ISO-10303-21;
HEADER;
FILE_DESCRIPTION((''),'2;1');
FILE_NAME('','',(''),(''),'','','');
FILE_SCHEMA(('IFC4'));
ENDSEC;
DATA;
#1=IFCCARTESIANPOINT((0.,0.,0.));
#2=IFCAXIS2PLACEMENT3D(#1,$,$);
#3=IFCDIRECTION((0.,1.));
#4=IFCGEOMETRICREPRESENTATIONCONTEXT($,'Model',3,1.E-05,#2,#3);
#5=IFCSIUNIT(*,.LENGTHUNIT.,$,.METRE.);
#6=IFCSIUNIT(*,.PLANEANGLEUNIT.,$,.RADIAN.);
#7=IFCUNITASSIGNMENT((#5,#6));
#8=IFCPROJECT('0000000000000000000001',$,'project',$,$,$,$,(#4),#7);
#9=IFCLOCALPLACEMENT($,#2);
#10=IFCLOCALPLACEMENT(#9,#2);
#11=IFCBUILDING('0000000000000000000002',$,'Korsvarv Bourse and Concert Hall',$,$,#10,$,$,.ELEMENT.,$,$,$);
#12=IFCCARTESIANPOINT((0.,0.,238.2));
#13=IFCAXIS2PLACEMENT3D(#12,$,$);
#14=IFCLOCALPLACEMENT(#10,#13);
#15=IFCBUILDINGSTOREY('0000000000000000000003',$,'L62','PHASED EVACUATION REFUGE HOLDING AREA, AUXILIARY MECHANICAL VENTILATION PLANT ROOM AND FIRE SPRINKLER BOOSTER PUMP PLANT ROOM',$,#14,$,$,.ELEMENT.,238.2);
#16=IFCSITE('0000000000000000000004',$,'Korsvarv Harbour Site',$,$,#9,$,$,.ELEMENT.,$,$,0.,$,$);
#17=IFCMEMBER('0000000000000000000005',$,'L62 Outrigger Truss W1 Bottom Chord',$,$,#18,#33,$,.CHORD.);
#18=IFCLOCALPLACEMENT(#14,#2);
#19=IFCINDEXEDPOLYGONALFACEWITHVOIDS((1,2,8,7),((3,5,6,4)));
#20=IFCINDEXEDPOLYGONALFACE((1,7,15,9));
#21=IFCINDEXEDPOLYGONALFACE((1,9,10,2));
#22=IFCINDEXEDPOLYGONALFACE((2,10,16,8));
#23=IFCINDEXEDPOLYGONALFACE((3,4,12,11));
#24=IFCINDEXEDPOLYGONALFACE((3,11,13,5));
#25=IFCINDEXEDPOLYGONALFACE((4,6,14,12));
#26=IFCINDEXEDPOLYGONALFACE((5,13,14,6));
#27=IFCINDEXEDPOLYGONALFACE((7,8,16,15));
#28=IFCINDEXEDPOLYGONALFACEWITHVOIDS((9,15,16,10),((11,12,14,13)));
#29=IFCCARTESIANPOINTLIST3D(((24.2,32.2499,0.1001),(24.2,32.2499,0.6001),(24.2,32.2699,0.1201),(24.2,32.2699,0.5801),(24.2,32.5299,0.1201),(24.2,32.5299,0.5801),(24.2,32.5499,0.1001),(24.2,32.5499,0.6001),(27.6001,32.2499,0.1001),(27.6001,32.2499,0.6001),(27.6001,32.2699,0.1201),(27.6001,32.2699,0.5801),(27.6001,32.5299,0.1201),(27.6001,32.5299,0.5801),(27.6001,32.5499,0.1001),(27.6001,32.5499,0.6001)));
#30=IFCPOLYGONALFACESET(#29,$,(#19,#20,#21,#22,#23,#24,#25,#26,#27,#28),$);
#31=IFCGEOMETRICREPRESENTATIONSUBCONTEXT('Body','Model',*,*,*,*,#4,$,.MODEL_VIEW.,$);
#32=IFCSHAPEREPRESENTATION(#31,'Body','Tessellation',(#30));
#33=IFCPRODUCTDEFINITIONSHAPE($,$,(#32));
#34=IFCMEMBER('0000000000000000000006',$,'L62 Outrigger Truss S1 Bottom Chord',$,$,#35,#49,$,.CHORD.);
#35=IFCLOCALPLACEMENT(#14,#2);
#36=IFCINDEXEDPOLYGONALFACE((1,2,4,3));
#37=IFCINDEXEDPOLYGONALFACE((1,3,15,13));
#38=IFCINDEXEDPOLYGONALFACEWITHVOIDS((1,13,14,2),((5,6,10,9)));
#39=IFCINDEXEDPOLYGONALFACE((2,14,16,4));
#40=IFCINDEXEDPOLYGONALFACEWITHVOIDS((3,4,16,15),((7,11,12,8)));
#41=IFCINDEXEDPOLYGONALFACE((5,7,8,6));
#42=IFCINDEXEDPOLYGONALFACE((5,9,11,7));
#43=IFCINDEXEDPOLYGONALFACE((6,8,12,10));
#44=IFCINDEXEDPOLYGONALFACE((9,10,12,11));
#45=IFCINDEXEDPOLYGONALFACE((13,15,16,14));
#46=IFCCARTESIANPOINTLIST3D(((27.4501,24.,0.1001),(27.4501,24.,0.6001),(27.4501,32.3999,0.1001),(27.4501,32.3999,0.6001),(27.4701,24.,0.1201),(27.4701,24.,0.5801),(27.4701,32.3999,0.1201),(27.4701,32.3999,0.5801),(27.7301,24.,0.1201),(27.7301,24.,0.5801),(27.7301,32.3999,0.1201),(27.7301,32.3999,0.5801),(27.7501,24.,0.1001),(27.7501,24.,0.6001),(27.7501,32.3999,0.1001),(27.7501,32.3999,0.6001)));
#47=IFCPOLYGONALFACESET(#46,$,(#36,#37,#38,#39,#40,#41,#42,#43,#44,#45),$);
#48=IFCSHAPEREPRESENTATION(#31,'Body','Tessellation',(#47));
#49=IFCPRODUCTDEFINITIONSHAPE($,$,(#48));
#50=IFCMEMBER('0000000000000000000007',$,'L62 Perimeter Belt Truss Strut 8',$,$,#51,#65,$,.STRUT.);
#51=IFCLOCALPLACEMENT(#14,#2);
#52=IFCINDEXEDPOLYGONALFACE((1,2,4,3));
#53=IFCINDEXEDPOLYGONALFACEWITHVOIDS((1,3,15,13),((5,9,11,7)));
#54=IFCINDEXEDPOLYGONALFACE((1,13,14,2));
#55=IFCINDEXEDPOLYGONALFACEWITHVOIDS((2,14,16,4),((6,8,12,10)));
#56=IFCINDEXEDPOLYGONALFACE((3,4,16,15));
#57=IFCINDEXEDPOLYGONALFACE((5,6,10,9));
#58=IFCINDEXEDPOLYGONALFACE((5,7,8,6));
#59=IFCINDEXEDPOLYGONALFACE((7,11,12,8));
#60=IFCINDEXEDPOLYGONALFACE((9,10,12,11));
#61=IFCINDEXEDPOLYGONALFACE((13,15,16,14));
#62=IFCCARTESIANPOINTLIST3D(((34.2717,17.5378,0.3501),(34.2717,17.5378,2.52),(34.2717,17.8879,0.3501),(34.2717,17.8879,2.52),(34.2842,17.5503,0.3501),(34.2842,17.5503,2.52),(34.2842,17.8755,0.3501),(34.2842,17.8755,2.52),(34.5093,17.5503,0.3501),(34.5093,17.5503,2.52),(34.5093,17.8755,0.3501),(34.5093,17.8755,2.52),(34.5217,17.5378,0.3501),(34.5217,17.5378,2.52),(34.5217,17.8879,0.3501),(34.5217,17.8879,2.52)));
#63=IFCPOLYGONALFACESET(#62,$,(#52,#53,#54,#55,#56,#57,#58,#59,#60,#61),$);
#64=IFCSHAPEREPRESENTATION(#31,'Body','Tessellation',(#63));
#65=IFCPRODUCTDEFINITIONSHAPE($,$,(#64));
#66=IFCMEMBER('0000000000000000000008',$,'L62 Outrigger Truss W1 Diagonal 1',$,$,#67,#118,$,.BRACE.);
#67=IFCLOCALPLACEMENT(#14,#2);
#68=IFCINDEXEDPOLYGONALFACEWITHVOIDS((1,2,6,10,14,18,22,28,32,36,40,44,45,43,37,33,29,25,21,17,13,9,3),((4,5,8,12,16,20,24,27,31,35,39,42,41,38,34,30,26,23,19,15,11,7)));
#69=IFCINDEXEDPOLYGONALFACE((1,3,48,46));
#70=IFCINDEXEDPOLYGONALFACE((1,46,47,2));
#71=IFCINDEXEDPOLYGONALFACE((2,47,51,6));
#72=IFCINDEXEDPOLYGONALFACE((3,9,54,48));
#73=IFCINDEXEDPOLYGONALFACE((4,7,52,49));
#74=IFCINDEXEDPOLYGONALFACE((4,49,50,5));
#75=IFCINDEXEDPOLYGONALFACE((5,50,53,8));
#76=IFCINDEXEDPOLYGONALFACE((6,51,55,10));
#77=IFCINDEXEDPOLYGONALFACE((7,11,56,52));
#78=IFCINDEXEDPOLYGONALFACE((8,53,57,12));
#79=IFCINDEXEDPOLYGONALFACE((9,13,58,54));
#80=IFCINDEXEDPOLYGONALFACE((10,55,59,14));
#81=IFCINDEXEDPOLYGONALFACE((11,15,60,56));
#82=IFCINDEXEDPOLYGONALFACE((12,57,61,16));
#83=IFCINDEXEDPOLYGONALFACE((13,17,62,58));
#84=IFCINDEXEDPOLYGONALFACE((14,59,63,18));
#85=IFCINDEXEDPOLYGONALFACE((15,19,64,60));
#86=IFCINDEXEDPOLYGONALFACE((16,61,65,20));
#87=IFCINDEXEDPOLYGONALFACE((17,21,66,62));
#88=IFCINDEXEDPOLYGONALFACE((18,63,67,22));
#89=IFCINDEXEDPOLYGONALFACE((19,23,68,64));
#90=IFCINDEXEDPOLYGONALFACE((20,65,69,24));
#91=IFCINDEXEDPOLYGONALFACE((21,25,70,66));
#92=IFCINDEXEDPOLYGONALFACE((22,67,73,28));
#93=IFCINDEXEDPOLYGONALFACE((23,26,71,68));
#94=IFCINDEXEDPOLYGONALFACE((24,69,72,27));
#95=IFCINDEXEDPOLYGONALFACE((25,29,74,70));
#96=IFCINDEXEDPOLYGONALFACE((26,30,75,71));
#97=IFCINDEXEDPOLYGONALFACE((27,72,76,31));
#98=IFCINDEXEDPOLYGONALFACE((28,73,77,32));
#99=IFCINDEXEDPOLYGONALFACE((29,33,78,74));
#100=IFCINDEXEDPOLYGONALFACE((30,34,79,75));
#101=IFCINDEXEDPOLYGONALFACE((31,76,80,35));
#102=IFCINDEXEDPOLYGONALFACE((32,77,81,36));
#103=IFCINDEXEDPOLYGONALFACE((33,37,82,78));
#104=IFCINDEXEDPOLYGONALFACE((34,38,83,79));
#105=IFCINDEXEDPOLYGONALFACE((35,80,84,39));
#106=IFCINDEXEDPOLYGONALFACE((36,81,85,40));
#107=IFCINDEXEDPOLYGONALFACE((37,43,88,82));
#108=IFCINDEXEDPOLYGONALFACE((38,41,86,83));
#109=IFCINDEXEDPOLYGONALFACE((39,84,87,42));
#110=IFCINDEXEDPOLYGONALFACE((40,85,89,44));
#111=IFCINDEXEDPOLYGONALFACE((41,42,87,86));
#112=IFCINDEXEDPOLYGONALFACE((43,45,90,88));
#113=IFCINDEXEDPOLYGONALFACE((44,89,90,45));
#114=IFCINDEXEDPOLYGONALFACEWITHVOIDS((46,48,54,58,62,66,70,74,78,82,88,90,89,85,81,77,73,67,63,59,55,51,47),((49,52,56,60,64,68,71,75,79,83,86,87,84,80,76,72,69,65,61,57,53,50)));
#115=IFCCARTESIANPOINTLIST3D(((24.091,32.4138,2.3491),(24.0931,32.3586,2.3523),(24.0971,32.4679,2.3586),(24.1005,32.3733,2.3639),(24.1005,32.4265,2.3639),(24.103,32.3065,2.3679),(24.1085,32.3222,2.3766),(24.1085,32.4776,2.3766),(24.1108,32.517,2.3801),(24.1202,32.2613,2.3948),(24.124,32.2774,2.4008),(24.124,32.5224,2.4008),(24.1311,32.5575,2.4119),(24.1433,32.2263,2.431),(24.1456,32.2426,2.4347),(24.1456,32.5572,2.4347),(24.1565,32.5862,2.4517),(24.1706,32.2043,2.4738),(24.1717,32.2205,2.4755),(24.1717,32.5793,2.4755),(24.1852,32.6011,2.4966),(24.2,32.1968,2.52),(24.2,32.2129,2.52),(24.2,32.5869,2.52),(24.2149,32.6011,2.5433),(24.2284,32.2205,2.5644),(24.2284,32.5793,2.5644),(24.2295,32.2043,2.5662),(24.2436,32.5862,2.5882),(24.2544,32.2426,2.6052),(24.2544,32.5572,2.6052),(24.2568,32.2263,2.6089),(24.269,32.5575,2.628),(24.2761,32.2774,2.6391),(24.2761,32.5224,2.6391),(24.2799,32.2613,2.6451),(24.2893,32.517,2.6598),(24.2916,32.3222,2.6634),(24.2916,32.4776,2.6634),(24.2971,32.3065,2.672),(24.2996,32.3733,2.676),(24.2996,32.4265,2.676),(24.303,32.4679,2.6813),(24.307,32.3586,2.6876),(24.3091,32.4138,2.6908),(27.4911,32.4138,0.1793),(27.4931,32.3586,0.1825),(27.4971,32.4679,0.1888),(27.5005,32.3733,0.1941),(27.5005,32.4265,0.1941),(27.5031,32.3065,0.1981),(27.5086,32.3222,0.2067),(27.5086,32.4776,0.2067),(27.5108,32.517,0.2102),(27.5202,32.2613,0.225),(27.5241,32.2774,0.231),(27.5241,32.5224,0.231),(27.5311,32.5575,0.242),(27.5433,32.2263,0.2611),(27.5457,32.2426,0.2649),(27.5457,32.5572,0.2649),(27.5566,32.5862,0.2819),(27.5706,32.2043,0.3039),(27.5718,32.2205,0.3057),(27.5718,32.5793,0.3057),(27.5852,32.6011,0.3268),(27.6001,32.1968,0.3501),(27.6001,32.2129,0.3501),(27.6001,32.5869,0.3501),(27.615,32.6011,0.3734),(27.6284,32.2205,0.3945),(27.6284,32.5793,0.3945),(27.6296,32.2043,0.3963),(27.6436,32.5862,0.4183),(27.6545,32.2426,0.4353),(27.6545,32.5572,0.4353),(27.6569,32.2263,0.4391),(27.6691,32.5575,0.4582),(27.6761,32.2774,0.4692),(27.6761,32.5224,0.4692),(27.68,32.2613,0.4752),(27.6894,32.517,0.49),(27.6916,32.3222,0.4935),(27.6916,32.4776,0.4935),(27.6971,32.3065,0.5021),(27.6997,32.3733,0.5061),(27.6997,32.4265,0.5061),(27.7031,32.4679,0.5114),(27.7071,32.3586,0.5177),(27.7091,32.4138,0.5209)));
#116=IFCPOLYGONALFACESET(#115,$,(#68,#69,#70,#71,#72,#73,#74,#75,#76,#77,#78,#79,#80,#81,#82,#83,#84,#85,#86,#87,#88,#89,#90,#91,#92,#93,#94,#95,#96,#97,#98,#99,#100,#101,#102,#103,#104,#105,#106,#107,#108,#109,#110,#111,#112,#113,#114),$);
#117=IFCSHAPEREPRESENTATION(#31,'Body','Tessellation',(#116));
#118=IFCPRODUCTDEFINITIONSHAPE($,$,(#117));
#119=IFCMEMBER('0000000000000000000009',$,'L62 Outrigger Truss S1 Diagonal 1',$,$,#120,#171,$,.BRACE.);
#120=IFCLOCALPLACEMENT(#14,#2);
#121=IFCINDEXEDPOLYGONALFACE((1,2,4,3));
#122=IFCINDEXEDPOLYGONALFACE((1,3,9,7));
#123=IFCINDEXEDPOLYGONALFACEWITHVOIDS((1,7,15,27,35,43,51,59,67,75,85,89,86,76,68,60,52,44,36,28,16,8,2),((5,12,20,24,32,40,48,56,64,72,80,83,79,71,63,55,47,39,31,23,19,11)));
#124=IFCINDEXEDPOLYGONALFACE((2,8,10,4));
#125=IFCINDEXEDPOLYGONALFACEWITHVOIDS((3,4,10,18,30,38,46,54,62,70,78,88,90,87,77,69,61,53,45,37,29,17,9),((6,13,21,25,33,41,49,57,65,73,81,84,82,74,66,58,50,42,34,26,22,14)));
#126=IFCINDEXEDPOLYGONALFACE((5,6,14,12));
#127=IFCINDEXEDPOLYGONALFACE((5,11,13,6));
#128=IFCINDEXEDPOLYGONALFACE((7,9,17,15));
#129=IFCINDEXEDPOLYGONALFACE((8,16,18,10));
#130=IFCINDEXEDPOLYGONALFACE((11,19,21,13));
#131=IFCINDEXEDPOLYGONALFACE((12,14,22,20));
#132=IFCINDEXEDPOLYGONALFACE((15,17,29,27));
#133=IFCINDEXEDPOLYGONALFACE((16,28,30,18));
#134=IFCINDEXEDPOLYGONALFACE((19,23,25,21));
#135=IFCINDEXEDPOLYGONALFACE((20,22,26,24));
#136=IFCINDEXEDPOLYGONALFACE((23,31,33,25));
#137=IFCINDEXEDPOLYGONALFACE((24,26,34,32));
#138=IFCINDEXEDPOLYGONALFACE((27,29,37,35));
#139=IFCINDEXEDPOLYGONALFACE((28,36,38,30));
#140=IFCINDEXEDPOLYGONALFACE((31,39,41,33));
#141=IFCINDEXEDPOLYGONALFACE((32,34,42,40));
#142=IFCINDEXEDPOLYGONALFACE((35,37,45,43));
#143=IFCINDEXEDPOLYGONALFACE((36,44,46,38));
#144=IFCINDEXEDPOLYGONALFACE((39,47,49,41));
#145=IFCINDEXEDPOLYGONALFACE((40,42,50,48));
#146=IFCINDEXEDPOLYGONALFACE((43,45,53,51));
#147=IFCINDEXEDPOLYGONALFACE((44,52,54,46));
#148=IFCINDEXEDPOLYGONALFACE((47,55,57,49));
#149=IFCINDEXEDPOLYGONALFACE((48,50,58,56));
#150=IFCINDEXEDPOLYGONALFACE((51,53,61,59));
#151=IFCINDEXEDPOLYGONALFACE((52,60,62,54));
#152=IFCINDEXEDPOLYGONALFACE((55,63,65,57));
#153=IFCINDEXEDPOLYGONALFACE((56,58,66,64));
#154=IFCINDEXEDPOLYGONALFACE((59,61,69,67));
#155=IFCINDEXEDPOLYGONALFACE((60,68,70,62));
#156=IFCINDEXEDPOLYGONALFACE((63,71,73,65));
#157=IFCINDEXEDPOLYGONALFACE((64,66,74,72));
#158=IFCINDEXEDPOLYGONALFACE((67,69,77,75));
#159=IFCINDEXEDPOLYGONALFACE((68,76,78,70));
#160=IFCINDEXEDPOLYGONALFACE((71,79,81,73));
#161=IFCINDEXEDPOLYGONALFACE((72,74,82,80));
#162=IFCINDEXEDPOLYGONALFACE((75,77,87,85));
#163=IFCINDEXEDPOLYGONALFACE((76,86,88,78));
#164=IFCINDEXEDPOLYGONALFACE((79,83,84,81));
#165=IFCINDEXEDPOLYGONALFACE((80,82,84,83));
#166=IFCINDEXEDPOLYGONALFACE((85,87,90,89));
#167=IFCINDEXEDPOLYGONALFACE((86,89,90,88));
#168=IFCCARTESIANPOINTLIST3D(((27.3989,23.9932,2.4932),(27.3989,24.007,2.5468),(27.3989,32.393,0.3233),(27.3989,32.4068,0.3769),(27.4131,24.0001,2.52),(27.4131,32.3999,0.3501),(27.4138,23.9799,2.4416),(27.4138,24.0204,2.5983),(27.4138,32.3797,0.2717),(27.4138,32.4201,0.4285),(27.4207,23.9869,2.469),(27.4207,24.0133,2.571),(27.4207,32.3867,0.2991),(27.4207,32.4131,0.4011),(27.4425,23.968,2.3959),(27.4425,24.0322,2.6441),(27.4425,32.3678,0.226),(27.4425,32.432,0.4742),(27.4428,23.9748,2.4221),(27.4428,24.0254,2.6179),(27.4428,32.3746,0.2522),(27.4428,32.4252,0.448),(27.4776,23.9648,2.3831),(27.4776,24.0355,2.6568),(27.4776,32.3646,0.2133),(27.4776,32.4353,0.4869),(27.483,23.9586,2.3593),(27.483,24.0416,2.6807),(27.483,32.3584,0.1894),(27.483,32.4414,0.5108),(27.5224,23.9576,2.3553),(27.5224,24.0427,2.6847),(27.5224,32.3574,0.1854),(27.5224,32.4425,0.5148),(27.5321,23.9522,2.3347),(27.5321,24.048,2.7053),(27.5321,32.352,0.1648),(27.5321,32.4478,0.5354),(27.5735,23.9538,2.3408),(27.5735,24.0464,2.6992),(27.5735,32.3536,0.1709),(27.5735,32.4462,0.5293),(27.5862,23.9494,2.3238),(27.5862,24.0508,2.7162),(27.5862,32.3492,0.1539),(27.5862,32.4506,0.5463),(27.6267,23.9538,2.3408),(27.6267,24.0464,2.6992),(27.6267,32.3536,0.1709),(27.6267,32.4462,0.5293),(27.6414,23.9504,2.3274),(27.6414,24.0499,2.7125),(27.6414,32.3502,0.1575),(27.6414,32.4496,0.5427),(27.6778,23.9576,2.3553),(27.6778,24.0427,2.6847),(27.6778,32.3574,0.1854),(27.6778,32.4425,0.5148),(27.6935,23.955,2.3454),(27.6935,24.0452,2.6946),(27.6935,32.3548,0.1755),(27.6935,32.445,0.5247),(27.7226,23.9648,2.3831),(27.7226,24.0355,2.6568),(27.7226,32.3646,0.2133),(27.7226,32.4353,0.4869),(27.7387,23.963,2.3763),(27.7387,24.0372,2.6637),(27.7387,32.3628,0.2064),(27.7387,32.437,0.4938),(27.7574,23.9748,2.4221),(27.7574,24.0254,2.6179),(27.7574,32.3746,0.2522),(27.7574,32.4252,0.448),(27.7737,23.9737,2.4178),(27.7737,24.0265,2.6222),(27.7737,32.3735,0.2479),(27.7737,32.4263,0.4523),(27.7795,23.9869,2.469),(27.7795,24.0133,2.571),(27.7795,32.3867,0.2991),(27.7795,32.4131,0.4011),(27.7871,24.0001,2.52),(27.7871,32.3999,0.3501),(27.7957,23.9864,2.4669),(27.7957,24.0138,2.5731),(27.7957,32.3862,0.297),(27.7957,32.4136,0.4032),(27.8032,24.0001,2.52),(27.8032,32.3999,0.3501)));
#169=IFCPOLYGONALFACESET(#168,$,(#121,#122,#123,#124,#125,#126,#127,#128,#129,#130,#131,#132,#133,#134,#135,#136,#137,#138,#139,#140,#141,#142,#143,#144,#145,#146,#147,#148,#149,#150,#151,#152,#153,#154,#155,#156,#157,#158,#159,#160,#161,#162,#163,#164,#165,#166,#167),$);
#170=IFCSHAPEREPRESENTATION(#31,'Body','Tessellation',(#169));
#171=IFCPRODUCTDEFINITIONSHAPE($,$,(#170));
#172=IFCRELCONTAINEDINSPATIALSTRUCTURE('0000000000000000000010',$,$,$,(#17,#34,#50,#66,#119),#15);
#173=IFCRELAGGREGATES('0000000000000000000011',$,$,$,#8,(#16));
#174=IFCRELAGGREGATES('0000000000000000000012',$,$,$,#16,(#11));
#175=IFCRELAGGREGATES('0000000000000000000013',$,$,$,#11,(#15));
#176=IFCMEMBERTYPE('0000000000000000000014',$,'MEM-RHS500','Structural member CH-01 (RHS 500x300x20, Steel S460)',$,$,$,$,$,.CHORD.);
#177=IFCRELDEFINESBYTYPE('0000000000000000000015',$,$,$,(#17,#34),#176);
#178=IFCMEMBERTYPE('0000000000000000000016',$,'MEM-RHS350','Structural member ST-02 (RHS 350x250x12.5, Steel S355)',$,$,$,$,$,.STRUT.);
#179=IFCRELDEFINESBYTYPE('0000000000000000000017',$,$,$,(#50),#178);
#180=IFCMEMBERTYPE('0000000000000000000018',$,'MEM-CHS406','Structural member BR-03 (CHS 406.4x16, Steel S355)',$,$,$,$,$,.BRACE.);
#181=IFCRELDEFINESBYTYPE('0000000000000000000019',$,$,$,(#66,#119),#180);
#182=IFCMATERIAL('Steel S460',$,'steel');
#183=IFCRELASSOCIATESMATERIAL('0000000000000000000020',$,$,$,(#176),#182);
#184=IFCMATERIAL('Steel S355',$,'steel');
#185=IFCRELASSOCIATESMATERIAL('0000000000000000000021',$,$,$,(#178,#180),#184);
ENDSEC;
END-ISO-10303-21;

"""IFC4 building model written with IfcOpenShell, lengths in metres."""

from ifc_helpers import new_model, si_unit, direction, frame, origin, origin_2d, place, context, subcontext, project, spatial, hollow_rectangle, hollow_circle, extrude, source, transform, mapped, material, material_profile, profile_set, type_object, element, save


model = new_model("IFC4")

# Units and contexts
model_context = context("Model", 3, precision=1e-05, world=origin(), true_north=direction((0.0, 1.0)))
body_context = subcontext(model_context, "Body", "Model", "MODEL_VIEW")
ifc_project = project(units=[si_unit("LENGTHUNIT", "METRE"), si_unit("PLANEANGLEUNIT", "RADIAN")], contexts=[model_context])

# Site, building, storey
site_placement = place(None, origin())
site = spatial("IfcSite", under=ifc_project, at=site_placement, Name="Korsvarv Harbour Site", CompositionType="ELEMENT", RefElevation=0.0)
building_placement = place(site_placement, origin())
building = spatial("IfcBuilding", under=site, at=building_placement, Name="Korsvarv Bourse and Concert Hall", CompositionType="ELEMENT")
storey_placement = place(building_placement, frame((0.0, 0.0, 238.2)))
storey = spatial("IfcBuildingStorey", under=building, at=storey_placement, Name="L62", Description="PHASED EVACUATION REFUGE HOLDING AREA, AUXILIARY MECHANICAL VENTILATION PLANT ROOM AND FIRE SPRINKLER BOOSTER PUMP PLANT ROOM", CompositionType="ELEMENT", Elevation=238.2)

# Shared definitions
ifc_material_1 = material(Name="Steel S355", Category="steel")

# Members
ifc_material_2 = material(Name="Steel S460", Category="steel")
ifc_material_profile_1 = material_profile(ifc_material_2, hollow_rectangle(XDim=0.3, YDim=0.5, WallThickness=0.02, at=origin_2d()), Name="RHS 500x300x20")
ifc_profile_set_1 = profile_set([ifc_material_profile_1], Name="Steel S460")
member_type_1 = type_object("IfcMemberType", Name="MEM-RHS500", Description="Structural member CH-01 (RHS 500x300x20, Steel S460)", PredefinedType="CHORD", material=ifc_profile_set_1)
shared_shape_1 = source(origin(), body_context, "Body", "SweptSolid", [
    extrude(hollow_rectangle(XDim=0.3, YDim=0.5, WallThickness=0.02, at=origin_2d()), origin(), (0.0, 0.0, 1.0), 3.4001),
])
member_1_placement = place(storey_placement, frame((27.6001, 32.3999, 0.3501), z_axis=(-1.0, 0.0, 0.0), x_axis=(0.0, -1.0, 0.0)))
element("IfcMember", 1, at=member_1_placement, inside=storey, type_object=member_type_1, Name="L62 Outrigger Truss W1 Bottom Chord", PredefinedType="CHORD", context=body_context, shape_type="MappedRepresentation", body=[
    mapped(shared_shape_1, transform((0.0, 0.0, 0.0), scale=1.0)),
])
shared_shape_2 = source(origin(), body_context, "Body", "SweptSolid", [
    extrude(hollow_rectangle(XDim=0.3, YDim=0.5, WallThickness=0.02, at=origin_2d()), origin(), (0.0, 0.0, 1.0), 8.3999),
])
member_2_placement = place(storey_placement, frame((27.6001, 32.3999, 0.3501), z_axis=(0.0, -1.0, 0.0), x_axis=(1.0, 0.0, 0.0)))
element("IfcMember", 2, at=member_2_placement, inside=storey, type_object=member_type_1, Name="L62 Outrigger Truss S1 Bottom Chord", PredefinedType="CHORD", context=body_context, shape_type="MappedRepresentation", body=[
    mapped(shared_shape_2, transform((0.0, 0.0, 0.0), scale=1.0)),
])
ifc_material_profile_2 = material_profile(ifc_material_1, hollow_rectangle(XDim=0.25, YDim=0.3501, WallThickness=0.0125, at=origin_2d()), Name="RHS 350x250x12.5")
ifc_profile_set_2 = profile_set([ifc_material_profile_2], Name="Steel S355")
member_type_2 = type_object("IfcMemberType", Name="MEM-RHS350", Description="Structural member ST-02 (RHS 350x250x12.5, Steel S355)", PredefinedType="STRUT", material=ifc_profile_set_2)
shared_shape_3 = source(origin(), body_context, "Body", "SweptSolid", [
    extrude(hollow_rectangle(XDim=0.25, YDim=0.3501, WallThickness=0.0125, at=origin_2d()), origin(), (0.0, 0.0, 1.0), 2.1699),
])
member_3_placement = place(storey_placement, frame((34.3967, 17.7129, 0.3501), z_axis=(0.0, 0.0, 1.0), x_axis=(1.0, 0.0, 0.0)))
element("IfcMember", 3, at=member_3_placement, inside=storey, type_object=member_type_2, Name="L62 Perimeter Belt Truss Strut 8", PredefinedType="STRUT", context=body_context, shape_type="MappedRepresentation", body=[
    mapped(shared_shape_3, transform((0.0, 0.0, 0.0), scale=1.0)),
])
ifc_material_profile_3 = material_profile(ifc_material_1, hollow_circle(Radius=0.2031, WallThickness=0.0161, at=origin_2d()), Name="CHS 406.4x16")
ifc_profile_set_3 = profile_set([ifc_material_profile_3], Name="Steel S355")
member_type_3 = type_object("IfcMemberType", Name="MEM-CHS406", Description="Structural member BR-03 (CHS 406.4x16, Steel S355)", PredefinedType="BRACE", material=ifc_profile_set_3)
shared_shape_4 = source(origin(), body_context, "Body", "SweptSolid", [
    extrude(hollow_circle(Radius=0.2031, WallThickness=0.0161, at=origin_2d()), origin(), (0.0, 0.0, 1.0), 4.0334),
])
member_4_placement = place(storey_placement, frame((27.6001, 32.3999, 0.3501), z_axis=(-0.842965, 0.0, 0.537968), x_axis=(0.0, -1.0, 0.0)))
element("IfcMember", 4, at=member_4_placement, inside=storey, type_object=member_type_3, Name="L62 Outrigger Truss W1 Diagonal 1", PredefinedType="BRACE", context=body_context, shape_type="MappedRepresentation", body=[
    mapped(shared_shape_4, transform((0.0, 0.0, 0.0), scale=1.0)),
])
shared_shape_5 = source(origin(), body_context, "Body", "SweptSolid", [
    extrude(hollow_circle(Radius=0.2031, WallThickness=0.0161, at=origin_2d()), origin(), (0.0, 0.0, 1.0), 8.6755),
])
member_5_placement = place(storey_placement, frame((27.6001, 32.3999, 0.3501), z_axis=(0.0, -0.968216, 0.250116), x_axis=(1.0, 0.0, 0.0)))
element("IfcMember", 5, at=member_5_placement, inside=storey, type_object=member_type_3, Name="L62 Outrigger Truss S1 Diagonal 1", PredefinedType="BRACE", context=body_context, shape_type="MappedRepresentation", body=[
    mapped(shared_shape_5, transform((0.0, 0.0, 0.0), scale=1.0)),
])

save(model, "model.ifc")
